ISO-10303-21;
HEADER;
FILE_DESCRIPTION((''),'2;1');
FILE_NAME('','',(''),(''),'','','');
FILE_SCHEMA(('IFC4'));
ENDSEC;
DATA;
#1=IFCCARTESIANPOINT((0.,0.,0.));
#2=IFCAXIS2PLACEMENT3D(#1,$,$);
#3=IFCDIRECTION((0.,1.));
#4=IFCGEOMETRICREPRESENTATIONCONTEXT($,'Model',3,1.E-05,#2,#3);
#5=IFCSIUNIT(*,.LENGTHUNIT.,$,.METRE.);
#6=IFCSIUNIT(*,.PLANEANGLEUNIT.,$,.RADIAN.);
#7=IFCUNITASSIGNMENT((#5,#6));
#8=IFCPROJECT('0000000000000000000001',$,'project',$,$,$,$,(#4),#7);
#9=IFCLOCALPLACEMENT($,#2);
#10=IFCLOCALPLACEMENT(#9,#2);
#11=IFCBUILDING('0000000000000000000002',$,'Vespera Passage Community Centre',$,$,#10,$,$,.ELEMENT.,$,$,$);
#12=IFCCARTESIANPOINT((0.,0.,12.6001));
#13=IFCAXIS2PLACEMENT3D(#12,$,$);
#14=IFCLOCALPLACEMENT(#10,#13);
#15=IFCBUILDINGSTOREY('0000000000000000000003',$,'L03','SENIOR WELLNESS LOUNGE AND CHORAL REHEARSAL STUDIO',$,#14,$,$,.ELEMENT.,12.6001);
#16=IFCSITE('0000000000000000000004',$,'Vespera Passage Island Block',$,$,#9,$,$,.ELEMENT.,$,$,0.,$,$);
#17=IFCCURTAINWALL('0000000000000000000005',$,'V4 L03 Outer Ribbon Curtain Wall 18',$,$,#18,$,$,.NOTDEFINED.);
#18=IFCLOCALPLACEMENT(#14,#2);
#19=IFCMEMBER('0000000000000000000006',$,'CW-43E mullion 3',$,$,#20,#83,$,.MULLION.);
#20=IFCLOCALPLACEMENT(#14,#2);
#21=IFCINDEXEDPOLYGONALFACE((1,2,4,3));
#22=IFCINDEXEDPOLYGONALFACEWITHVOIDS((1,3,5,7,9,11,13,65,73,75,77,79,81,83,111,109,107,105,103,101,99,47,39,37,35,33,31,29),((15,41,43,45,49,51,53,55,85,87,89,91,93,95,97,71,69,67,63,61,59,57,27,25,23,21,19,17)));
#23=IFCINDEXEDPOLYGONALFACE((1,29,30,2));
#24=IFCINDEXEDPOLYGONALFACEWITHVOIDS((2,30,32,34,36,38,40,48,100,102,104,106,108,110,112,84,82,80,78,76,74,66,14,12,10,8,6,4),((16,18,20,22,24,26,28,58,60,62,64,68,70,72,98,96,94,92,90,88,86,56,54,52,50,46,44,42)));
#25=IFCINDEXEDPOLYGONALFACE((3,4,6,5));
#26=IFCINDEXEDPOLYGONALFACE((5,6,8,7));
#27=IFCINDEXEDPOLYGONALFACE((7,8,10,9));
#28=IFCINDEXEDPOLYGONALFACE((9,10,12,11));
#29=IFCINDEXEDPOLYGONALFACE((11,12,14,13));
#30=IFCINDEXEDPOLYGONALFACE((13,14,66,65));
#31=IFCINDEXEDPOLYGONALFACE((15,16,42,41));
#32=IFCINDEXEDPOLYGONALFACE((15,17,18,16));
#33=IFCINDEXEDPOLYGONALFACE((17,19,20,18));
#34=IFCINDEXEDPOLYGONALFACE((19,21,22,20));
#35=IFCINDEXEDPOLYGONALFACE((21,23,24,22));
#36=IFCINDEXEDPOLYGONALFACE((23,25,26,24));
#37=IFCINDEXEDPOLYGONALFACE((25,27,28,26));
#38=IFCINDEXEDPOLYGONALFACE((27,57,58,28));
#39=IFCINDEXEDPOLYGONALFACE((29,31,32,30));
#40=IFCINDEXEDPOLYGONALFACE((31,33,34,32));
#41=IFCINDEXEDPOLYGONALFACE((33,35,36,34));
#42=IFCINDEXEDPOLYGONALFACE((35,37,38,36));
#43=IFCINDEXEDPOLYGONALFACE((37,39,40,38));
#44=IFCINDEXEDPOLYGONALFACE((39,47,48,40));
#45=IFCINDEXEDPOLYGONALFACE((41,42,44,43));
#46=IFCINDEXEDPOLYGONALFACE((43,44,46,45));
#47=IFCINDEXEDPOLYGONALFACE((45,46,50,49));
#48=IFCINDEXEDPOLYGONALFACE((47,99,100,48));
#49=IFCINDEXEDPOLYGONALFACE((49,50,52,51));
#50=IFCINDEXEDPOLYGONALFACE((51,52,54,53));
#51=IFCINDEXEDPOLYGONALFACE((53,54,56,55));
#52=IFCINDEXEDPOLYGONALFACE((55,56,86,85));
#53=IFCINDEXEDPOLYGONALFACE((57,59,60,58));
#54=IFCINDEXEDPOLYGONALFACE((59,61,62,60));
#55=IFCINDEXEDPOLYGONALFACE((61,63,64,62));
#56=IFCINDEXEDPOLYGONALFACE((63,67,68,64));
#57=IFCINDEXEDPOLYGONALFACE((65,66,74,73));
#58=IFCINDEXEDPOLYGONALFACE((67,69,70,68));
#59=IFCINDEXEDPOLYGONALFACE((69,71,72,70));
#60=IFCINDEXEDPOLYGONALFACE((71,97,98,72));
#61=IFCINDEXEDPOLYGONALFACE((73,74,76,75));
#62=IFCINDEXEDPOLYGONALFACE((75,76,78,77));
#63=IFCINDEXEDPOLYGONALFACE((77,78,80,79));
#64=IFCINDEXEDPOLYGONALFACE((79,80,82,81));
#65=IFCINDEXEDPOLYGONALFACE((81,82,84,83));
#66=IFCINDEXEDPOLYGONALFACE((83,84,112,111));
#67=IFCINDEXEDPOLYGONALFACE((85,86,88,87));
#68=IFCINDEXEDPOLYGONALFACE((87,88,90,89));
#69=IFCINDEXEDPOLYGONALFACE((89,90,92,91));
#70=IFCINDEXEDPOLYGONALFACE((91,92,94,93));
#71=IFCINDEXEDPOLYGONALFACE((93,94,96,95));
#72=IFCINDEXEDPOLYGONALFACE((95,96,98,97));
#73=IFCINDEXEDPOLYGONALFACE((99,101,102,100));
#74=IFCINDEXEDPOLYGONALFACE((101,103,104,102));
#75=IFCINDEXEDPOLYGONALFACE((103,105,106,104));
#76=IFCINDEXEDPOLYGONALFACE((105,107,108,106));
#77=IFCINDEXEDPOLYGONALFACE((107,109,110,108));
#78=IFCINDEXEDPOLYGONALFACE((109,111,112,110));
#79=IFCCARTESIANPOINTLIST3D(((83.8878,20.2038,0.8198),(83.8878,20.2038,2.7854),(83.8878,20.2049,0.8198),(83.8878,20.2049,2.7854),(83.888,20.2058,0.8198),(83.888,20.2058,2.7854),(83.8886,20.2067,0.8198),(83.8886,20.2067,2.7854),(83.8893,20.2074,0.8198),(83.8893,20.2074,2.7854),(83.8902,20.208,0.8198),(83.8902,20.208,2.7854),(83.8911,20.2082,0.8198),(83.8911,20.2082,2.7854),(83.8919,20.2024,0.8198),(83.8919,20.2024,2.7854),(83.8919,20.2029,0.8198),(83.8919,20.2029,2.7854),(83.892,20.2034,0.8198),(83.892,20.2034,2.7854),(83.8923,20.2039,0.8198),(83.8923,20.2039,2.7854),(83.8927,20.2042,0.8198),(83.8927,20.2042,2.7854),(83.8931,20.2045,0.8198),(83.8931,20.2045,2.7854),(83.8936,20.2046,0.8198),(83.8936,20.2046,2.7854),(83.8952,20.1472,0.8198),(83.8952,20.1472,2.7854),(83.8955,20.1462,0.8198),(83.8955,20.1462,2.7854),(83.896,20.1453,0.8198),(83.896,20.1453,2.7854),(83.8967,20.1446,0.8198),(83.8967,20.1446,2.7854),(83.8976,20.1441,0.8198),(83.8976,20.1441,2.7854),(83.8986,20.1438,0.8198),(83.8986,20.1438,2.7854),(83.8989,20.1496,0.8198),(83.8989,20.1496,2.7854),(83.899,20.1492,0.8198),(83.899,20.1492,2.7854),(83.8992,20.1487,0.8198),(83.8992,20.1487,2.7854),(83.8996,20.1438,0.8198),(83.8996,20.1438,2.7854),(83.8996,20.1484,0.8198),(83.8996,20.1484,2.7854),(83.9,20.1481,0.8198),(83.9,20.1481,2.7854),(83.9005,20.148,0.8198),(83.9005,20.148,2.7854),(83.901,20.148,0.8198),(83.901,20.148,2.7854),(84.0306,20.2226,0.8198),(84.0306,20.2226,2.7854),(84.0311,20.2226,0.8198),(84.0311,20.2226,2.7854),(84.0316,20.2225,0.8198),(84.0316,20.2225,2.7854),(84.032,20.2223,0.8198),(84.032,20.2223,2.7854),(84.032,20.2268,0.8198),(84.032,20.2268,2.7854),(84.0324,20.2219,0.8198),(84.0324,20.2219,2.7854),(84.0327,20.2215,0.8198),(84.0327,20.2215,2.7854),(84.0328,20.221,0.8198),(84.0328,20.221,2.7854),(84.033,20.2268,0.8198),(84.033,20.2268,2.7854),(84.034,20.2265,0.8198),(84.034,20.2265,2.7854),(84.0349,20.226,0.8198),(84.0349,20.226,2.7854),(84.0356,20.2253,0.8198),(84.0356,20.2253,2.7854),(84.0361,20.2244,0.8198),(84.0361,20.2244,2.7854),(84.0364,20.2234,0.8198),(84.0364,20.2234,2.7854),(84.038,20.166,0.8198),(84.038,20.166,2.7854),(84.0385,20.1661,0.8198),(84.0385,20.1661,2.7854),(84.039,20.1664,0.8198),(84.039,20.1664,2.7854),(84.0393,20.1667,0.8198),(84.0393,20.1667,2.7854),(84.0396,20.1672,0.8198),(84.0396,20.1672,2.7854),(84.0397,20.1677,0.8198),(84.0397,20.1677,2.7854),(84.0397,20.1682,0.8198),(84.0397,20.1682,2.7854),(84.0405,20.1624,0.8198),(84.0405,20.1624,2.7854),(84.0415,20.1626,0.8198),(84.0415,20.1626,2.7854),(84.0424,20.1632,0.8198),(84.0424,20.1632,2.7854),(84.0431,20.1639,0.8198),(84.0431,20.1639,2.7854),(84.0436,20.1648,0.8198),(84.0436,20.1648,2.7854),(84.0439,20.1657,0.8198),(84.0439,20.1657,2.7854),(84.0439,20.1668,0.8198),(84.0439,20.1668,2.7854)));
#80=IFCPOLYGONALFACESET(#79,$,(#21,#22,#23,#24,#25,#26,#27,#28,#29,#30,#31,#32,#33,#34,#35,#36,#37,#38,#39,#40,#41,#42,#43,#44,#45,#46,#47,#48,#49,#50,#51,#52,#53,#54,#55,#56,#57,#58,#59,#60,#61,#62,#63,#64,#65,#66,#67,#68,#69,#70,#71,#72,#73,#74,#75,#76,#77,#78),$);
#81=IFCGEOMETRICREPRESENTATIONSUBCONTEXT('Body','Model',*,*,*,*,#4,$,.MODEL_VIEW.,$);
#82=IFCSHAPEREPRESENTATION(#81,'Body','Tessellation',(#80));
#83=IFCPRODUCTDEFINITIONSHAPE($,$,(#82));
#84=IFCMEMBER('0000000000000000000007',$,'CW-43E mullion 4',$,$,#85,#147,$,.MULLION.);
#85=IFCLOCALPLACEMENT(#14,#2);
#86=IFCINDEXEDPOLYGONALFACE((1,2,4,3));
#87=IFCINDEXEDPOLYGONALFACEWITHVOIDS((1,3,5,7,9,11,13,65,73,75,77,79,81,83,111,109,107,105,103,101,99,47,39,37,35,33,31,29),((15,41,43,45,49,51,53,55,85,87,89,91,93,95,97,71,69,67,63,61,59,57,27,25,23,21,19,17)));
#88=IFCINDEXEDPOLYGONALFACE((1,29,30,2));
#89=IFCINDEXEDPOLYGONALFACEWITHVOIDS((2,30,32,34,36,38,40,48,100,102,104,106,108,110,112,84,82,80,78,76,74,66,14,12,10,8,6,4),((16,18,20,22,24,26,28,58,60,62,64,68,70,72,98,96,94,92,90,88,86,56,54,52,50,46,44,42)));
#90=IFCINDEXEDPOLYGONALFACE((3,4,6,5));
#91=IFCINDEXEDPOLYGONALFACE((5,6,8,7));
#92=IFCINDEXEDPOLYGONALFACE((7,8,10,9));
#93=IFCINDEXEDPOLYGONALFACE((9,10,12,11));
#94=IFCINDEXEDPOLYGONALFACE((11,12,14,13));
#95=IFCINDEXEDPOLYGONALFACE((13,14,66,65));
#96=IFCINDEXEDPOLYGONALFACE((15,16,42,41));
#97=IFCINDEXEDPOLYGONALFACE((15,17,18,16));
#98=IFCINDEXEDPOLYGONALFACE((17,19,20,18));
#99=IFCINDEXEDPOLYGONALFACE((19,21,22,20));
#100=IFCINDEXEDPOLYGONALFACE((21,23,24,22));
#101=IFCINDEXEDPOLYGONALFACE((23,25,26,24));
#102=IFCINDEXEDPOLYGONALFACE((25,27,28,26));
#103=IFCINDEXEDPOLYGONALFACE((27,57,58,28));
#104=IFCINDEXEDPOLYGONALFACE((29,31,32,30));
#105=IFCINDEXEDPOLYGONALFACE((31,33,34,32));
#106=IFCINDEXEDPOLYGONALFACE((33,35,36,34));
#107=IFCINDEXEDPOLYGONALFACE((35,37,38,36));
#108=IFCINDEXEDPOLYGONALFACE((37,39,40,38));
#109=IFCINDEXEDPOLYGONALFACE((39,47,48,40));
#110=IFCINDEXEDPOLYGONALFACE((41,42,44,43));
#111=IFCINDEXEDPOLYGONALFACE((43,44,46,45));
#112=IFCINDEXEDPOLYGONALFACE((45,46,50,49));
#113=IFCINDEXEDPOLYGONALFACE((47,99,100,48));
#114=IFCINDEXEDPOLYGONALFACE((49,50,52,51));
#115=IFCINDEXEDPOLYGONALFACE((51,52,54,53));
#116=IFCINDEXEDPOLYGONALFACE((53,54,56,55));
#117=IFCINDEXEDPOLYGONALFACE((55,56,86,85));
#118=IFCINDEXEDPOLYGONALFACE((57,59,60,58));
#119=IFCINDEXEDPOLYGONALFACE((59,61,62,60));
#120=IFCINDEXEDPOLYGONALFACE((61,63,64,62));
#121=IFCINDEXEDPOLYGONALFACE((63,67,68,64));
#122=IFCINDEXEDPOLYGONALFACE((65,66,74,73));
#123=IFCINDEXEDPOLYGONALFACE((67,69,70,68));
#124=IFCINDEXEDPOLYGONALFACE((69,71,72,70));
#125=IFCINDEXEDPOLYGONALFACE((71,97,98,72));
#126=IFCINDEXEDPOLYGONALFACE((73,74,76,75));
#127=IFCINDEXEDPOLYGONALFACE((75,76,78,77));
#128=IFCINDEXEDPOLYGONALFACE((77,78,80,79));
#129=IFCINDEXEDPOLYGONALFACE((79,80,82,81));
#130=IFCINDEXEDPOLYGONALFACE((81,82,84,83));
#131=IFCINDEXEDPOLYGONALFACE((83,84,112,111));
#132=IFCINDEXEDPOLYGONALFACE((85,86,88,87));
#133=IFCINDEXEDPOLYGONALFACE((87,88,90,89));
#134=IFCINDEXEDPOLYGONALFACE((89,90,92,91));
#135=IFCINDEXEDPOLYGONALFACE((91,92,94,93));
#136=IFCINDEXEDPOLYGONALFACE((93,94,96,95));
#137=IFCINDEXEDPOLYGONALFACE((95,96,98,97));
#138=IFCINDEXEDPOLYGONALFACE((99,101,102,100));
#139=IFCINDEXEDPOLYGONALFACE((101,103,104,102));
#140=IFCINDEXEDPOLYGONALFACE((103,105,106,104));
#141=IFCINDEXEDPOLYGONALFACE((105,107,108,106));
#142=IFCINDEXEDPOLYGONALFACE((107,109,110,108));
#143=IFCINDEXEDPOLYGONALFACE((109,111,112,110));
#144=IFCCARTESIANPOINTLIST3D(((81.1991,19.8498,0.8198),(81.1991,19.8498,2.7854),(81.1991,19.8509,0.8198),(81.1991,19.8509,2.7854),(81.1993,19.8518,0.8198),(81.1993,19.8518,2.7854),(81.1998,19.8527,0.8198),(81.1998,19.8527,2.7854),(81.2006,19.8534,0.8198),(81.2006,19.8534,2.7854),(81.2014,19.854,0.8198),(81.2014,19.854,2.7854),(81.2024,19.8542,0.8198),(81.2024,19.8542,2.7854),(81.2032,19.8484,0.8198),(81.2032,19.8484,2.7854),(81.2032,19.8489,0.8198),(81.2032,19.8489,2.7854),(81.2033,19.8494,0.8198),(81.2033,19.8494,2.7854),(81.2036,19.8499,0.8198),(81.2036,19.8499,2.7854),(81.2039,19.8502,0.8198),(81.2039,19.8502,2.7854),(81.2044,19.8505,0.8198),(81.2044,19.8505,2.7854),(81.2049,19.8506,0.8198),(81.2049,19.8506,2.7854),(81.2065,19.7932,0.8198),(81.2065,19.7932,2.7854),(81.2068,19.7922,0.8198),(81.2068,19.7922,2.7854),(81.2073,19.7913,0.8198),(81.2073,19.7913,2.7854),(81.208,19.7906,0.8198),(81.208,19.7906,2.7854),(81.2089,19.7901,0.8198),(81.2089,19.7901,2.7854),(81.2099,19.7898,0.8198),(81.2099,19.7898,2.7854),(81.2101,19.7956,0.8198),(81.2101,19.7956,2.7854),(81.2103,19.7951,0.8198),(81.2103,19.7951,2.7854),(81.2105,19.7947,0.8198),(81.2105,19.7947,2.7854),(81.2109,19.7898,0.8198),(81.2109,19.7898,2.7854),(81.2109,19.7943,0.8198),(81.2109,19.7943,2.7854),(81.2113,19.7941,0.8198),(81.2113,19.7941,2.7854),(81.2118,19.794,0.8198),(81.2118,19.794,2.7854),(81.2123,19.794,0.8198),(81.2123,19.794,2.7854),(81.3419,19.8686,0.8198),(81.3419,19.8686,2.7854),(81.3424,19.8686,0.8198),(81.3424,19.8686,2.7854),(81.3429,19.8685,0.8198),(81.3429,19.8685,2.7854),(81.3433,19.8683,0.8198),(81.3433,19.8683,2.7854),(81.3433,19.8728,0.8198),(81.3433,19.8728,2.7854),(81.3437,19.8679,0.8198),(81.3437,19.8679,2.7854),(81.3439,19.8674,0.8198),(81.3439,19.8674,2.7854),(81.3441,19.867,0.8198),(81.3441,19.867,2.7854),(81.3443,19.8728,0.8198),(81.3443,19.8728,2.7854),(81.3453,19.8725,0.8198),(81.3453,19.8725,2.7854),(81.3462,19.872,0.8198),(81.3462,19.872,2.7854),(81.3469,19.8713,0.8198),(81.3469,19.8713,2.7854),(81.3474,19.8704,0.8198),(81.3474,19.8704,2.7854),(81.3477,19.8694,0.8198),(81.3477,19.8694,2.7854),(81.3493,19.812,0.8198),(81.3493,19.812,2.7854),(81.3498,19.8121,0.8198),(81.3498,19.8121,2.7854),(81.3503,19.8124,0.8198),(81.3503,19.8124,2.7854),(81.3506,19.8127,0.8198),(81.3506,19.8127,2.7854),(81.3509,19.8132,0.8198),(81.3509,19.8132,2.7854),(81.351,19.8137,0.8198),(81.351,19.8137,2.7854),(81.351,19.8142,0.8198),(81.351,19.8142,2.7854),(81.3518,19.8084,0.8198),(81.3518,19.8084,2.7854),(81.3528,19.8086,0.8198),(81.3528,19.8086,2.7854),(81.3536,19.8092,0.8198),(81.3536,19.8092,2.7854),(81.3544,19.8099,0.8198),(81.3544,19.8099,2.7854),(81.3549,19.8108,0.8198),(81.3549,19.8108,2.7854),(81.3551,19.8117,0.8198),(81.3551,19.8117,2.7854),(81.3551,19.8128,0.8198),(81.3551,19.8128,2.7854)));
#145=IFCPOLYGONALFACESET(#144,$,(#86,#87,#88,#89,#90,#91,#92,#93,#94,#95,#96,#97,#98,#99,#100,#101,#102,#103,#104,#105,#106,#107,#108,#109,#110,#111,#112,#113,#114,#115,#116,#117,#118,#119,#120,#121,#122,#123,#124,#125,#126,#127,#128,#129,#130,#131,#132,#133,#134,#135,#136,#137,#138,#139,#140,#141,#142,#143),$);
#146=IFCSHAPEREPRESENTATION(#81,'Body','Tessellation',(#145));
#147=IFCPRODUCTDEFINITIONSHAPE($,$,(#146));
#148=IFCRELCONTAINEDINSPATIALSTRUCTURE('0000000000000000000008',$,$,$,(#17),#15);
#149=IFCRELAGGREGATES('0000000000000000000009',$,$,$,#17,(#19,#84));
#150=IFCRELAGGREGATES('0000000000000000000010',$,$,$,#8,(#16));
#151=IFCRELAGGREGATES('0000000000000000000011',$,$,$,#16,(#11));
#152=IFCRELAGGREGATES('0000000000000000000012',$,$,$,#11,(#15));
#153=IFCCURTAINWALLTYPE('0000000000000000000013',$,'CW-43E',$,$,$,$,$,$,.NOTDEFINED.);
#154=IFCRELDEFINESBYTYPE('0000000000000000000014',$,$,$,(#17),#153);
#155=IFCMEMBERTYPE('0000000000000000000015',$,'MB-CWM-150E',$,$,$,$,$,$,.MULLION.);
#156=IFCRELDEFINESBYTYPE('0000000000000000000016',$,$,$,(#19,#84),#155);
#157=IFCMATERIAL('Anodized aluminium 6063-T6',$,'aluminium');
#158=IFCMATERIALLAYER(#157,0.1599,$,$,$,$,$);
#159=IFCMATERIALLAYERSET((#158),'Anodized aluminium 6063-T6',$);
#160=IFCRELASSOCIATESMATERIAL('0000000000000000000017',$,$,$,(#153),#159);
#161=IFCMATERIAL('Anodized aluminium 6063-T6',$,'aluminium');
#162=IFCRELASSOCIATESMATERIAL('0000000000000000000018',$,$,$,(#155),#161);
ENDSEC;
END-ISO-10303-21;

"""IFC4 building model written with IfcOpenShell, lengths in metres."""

from ifc_helpers import new_model, si_unit, direction, frame, origin, origin_2d, place, context, subcontext, project, spatial, hollow_rectangle, extrude, material, layer, layer_set, material_profile, profile_set, type_object, element, aggregate, save


model = new_model("IFC4")

# Units and contexts
model_context = context("Model", 3, precision=1e-05, world=origin(), true_north=direction((0.0, 1.0)))
body_context = subcontext(model_context, "Body", "Model", "MODEL_VIEW")
ifc_project = project(units=[si_unit("LENGTHUNIT", "METRE"), si_unit("PLANEANGLEUNIT", "RADIAN")], contexts=[model_context])

# Site, building, storey
site_placement = place(None, origin())
site = spatial("IfcSite", under=ifc_project, at=site_placement, Name="Vespera Passage Island Block", CompositionType="ELEMENT", RefElevation=0.0)
building_placement = place(site_placement, origin())
building = spatial("IfcBuilding", under=site, at=building_placement, Name="Vespera Passage Community Centre", CompositionType="ELEMENT")
storey_placement = place(building_placement, frame((0.0, 0.0, 12.6001)))
storey = spatial("IfcBuildingStorey", under=building, at=storey_placement, Name="L03", Description="SENIOR WELLNESS LOUNGE AND CHORAL REHEARSAL STUDIO", CompositionType="ELEMENT", Elevation=12.6001)

# Curtain wall, members
ifc_material_1 = material(Name="Anodized aluminium 6063-T6", Category="aluminium")
ifc_layer_1 = layer(ifc_material_1, 0.1599)
ifc_layer_set_1 = layer_set([ifc_layer_1], Name="Anodized aluminium 6063-T6")
curtain_wall_type = type_object("IfcCurtainWallType", Name="CW-43E", PredefinedType="NOTDEFINED", material=ifc_layer_set_1)
curtain_wall_placement = place(storey_placement, origin())
curtain_wall = element("IfcCurtainWall", 1, at=curtain_wall_placement, inside=storey, type_object=curtain_wall_type, Name="V4 L03 Outer Ribbon Curtain Wall 18", PredefinedType="NOTDEFINED")
ifc_material_2 = material(Name="Anodized aluminium 6063-T6", Category="aluminium")
ifc_material_profile_1 = material_profile(ifc_material_2, hollow_rectangle(XDim=0.0649, YDim=0.1499, WallThickness=0.0039, InnerFilletRadius=0.002, OuterFilletRadius=0.0039, at=origin_2d()), Name="ALU150X65X4")
ifc_profile_set_1 = profile_set([ifc_material_profile_1], Name="Anodized aluminium 6063-T6")
member_type_1 = type_object("IfcMemberType", Name="MB-CWM-150E", PredefinedType="MULLION", material=ifc_profile_set_1)
member_1_placement = place(storey_placement, frame((83.9658, 20.1853, 0.8198), z_axis=(0.0, 0.0, 1.0), x_axis=(0.130531, -0.991444, 0.0)))
member_1 = element("IfcMember", 2, at=member_1_placement, type_object=member_type_1, Name="CW-43E mullion 3", PredefinedType="MULLION", context=body_context, shape_type="SweptSolid", body=[
    extrude(hollow_rectangle(XDim=0.0649, YDim=0.1499, WallThickness=0.0039, InnerFilletRadius=0.002, OuterFilletRadius=0.0039, at=origin_2d()), origin(), (0.0, 0.0, 1.0), 1.9656),
])
member_2_placement = place(storey_placement, frame((81.2771, 19.8313, 0.8198), z_axis=(0.0, 0.0, 1.0), x_axis=(0.130531, -0.991444, 0.0)))
member_2 = element("IfcMember", 3, at=member_2_placement, type_object=member_type_1, Name="CW-43E mullion 4", PredefinedType="MULLION", context=body_context, shape_type="SweptSolid", body=[
    extrude(hollow_rectangle(XDim=0.0649, YDim=0.1499, WallThickness=0.0039, InnerFilletRadius=0.002, OuterFilletRadius=0.0039, at=origin_2d()), origin(), (0.0, 0.0, 1.0), 1.9656),
])
aggregate(curtain_wall, [member_1, member_2])

save(model, "model.ifc")
